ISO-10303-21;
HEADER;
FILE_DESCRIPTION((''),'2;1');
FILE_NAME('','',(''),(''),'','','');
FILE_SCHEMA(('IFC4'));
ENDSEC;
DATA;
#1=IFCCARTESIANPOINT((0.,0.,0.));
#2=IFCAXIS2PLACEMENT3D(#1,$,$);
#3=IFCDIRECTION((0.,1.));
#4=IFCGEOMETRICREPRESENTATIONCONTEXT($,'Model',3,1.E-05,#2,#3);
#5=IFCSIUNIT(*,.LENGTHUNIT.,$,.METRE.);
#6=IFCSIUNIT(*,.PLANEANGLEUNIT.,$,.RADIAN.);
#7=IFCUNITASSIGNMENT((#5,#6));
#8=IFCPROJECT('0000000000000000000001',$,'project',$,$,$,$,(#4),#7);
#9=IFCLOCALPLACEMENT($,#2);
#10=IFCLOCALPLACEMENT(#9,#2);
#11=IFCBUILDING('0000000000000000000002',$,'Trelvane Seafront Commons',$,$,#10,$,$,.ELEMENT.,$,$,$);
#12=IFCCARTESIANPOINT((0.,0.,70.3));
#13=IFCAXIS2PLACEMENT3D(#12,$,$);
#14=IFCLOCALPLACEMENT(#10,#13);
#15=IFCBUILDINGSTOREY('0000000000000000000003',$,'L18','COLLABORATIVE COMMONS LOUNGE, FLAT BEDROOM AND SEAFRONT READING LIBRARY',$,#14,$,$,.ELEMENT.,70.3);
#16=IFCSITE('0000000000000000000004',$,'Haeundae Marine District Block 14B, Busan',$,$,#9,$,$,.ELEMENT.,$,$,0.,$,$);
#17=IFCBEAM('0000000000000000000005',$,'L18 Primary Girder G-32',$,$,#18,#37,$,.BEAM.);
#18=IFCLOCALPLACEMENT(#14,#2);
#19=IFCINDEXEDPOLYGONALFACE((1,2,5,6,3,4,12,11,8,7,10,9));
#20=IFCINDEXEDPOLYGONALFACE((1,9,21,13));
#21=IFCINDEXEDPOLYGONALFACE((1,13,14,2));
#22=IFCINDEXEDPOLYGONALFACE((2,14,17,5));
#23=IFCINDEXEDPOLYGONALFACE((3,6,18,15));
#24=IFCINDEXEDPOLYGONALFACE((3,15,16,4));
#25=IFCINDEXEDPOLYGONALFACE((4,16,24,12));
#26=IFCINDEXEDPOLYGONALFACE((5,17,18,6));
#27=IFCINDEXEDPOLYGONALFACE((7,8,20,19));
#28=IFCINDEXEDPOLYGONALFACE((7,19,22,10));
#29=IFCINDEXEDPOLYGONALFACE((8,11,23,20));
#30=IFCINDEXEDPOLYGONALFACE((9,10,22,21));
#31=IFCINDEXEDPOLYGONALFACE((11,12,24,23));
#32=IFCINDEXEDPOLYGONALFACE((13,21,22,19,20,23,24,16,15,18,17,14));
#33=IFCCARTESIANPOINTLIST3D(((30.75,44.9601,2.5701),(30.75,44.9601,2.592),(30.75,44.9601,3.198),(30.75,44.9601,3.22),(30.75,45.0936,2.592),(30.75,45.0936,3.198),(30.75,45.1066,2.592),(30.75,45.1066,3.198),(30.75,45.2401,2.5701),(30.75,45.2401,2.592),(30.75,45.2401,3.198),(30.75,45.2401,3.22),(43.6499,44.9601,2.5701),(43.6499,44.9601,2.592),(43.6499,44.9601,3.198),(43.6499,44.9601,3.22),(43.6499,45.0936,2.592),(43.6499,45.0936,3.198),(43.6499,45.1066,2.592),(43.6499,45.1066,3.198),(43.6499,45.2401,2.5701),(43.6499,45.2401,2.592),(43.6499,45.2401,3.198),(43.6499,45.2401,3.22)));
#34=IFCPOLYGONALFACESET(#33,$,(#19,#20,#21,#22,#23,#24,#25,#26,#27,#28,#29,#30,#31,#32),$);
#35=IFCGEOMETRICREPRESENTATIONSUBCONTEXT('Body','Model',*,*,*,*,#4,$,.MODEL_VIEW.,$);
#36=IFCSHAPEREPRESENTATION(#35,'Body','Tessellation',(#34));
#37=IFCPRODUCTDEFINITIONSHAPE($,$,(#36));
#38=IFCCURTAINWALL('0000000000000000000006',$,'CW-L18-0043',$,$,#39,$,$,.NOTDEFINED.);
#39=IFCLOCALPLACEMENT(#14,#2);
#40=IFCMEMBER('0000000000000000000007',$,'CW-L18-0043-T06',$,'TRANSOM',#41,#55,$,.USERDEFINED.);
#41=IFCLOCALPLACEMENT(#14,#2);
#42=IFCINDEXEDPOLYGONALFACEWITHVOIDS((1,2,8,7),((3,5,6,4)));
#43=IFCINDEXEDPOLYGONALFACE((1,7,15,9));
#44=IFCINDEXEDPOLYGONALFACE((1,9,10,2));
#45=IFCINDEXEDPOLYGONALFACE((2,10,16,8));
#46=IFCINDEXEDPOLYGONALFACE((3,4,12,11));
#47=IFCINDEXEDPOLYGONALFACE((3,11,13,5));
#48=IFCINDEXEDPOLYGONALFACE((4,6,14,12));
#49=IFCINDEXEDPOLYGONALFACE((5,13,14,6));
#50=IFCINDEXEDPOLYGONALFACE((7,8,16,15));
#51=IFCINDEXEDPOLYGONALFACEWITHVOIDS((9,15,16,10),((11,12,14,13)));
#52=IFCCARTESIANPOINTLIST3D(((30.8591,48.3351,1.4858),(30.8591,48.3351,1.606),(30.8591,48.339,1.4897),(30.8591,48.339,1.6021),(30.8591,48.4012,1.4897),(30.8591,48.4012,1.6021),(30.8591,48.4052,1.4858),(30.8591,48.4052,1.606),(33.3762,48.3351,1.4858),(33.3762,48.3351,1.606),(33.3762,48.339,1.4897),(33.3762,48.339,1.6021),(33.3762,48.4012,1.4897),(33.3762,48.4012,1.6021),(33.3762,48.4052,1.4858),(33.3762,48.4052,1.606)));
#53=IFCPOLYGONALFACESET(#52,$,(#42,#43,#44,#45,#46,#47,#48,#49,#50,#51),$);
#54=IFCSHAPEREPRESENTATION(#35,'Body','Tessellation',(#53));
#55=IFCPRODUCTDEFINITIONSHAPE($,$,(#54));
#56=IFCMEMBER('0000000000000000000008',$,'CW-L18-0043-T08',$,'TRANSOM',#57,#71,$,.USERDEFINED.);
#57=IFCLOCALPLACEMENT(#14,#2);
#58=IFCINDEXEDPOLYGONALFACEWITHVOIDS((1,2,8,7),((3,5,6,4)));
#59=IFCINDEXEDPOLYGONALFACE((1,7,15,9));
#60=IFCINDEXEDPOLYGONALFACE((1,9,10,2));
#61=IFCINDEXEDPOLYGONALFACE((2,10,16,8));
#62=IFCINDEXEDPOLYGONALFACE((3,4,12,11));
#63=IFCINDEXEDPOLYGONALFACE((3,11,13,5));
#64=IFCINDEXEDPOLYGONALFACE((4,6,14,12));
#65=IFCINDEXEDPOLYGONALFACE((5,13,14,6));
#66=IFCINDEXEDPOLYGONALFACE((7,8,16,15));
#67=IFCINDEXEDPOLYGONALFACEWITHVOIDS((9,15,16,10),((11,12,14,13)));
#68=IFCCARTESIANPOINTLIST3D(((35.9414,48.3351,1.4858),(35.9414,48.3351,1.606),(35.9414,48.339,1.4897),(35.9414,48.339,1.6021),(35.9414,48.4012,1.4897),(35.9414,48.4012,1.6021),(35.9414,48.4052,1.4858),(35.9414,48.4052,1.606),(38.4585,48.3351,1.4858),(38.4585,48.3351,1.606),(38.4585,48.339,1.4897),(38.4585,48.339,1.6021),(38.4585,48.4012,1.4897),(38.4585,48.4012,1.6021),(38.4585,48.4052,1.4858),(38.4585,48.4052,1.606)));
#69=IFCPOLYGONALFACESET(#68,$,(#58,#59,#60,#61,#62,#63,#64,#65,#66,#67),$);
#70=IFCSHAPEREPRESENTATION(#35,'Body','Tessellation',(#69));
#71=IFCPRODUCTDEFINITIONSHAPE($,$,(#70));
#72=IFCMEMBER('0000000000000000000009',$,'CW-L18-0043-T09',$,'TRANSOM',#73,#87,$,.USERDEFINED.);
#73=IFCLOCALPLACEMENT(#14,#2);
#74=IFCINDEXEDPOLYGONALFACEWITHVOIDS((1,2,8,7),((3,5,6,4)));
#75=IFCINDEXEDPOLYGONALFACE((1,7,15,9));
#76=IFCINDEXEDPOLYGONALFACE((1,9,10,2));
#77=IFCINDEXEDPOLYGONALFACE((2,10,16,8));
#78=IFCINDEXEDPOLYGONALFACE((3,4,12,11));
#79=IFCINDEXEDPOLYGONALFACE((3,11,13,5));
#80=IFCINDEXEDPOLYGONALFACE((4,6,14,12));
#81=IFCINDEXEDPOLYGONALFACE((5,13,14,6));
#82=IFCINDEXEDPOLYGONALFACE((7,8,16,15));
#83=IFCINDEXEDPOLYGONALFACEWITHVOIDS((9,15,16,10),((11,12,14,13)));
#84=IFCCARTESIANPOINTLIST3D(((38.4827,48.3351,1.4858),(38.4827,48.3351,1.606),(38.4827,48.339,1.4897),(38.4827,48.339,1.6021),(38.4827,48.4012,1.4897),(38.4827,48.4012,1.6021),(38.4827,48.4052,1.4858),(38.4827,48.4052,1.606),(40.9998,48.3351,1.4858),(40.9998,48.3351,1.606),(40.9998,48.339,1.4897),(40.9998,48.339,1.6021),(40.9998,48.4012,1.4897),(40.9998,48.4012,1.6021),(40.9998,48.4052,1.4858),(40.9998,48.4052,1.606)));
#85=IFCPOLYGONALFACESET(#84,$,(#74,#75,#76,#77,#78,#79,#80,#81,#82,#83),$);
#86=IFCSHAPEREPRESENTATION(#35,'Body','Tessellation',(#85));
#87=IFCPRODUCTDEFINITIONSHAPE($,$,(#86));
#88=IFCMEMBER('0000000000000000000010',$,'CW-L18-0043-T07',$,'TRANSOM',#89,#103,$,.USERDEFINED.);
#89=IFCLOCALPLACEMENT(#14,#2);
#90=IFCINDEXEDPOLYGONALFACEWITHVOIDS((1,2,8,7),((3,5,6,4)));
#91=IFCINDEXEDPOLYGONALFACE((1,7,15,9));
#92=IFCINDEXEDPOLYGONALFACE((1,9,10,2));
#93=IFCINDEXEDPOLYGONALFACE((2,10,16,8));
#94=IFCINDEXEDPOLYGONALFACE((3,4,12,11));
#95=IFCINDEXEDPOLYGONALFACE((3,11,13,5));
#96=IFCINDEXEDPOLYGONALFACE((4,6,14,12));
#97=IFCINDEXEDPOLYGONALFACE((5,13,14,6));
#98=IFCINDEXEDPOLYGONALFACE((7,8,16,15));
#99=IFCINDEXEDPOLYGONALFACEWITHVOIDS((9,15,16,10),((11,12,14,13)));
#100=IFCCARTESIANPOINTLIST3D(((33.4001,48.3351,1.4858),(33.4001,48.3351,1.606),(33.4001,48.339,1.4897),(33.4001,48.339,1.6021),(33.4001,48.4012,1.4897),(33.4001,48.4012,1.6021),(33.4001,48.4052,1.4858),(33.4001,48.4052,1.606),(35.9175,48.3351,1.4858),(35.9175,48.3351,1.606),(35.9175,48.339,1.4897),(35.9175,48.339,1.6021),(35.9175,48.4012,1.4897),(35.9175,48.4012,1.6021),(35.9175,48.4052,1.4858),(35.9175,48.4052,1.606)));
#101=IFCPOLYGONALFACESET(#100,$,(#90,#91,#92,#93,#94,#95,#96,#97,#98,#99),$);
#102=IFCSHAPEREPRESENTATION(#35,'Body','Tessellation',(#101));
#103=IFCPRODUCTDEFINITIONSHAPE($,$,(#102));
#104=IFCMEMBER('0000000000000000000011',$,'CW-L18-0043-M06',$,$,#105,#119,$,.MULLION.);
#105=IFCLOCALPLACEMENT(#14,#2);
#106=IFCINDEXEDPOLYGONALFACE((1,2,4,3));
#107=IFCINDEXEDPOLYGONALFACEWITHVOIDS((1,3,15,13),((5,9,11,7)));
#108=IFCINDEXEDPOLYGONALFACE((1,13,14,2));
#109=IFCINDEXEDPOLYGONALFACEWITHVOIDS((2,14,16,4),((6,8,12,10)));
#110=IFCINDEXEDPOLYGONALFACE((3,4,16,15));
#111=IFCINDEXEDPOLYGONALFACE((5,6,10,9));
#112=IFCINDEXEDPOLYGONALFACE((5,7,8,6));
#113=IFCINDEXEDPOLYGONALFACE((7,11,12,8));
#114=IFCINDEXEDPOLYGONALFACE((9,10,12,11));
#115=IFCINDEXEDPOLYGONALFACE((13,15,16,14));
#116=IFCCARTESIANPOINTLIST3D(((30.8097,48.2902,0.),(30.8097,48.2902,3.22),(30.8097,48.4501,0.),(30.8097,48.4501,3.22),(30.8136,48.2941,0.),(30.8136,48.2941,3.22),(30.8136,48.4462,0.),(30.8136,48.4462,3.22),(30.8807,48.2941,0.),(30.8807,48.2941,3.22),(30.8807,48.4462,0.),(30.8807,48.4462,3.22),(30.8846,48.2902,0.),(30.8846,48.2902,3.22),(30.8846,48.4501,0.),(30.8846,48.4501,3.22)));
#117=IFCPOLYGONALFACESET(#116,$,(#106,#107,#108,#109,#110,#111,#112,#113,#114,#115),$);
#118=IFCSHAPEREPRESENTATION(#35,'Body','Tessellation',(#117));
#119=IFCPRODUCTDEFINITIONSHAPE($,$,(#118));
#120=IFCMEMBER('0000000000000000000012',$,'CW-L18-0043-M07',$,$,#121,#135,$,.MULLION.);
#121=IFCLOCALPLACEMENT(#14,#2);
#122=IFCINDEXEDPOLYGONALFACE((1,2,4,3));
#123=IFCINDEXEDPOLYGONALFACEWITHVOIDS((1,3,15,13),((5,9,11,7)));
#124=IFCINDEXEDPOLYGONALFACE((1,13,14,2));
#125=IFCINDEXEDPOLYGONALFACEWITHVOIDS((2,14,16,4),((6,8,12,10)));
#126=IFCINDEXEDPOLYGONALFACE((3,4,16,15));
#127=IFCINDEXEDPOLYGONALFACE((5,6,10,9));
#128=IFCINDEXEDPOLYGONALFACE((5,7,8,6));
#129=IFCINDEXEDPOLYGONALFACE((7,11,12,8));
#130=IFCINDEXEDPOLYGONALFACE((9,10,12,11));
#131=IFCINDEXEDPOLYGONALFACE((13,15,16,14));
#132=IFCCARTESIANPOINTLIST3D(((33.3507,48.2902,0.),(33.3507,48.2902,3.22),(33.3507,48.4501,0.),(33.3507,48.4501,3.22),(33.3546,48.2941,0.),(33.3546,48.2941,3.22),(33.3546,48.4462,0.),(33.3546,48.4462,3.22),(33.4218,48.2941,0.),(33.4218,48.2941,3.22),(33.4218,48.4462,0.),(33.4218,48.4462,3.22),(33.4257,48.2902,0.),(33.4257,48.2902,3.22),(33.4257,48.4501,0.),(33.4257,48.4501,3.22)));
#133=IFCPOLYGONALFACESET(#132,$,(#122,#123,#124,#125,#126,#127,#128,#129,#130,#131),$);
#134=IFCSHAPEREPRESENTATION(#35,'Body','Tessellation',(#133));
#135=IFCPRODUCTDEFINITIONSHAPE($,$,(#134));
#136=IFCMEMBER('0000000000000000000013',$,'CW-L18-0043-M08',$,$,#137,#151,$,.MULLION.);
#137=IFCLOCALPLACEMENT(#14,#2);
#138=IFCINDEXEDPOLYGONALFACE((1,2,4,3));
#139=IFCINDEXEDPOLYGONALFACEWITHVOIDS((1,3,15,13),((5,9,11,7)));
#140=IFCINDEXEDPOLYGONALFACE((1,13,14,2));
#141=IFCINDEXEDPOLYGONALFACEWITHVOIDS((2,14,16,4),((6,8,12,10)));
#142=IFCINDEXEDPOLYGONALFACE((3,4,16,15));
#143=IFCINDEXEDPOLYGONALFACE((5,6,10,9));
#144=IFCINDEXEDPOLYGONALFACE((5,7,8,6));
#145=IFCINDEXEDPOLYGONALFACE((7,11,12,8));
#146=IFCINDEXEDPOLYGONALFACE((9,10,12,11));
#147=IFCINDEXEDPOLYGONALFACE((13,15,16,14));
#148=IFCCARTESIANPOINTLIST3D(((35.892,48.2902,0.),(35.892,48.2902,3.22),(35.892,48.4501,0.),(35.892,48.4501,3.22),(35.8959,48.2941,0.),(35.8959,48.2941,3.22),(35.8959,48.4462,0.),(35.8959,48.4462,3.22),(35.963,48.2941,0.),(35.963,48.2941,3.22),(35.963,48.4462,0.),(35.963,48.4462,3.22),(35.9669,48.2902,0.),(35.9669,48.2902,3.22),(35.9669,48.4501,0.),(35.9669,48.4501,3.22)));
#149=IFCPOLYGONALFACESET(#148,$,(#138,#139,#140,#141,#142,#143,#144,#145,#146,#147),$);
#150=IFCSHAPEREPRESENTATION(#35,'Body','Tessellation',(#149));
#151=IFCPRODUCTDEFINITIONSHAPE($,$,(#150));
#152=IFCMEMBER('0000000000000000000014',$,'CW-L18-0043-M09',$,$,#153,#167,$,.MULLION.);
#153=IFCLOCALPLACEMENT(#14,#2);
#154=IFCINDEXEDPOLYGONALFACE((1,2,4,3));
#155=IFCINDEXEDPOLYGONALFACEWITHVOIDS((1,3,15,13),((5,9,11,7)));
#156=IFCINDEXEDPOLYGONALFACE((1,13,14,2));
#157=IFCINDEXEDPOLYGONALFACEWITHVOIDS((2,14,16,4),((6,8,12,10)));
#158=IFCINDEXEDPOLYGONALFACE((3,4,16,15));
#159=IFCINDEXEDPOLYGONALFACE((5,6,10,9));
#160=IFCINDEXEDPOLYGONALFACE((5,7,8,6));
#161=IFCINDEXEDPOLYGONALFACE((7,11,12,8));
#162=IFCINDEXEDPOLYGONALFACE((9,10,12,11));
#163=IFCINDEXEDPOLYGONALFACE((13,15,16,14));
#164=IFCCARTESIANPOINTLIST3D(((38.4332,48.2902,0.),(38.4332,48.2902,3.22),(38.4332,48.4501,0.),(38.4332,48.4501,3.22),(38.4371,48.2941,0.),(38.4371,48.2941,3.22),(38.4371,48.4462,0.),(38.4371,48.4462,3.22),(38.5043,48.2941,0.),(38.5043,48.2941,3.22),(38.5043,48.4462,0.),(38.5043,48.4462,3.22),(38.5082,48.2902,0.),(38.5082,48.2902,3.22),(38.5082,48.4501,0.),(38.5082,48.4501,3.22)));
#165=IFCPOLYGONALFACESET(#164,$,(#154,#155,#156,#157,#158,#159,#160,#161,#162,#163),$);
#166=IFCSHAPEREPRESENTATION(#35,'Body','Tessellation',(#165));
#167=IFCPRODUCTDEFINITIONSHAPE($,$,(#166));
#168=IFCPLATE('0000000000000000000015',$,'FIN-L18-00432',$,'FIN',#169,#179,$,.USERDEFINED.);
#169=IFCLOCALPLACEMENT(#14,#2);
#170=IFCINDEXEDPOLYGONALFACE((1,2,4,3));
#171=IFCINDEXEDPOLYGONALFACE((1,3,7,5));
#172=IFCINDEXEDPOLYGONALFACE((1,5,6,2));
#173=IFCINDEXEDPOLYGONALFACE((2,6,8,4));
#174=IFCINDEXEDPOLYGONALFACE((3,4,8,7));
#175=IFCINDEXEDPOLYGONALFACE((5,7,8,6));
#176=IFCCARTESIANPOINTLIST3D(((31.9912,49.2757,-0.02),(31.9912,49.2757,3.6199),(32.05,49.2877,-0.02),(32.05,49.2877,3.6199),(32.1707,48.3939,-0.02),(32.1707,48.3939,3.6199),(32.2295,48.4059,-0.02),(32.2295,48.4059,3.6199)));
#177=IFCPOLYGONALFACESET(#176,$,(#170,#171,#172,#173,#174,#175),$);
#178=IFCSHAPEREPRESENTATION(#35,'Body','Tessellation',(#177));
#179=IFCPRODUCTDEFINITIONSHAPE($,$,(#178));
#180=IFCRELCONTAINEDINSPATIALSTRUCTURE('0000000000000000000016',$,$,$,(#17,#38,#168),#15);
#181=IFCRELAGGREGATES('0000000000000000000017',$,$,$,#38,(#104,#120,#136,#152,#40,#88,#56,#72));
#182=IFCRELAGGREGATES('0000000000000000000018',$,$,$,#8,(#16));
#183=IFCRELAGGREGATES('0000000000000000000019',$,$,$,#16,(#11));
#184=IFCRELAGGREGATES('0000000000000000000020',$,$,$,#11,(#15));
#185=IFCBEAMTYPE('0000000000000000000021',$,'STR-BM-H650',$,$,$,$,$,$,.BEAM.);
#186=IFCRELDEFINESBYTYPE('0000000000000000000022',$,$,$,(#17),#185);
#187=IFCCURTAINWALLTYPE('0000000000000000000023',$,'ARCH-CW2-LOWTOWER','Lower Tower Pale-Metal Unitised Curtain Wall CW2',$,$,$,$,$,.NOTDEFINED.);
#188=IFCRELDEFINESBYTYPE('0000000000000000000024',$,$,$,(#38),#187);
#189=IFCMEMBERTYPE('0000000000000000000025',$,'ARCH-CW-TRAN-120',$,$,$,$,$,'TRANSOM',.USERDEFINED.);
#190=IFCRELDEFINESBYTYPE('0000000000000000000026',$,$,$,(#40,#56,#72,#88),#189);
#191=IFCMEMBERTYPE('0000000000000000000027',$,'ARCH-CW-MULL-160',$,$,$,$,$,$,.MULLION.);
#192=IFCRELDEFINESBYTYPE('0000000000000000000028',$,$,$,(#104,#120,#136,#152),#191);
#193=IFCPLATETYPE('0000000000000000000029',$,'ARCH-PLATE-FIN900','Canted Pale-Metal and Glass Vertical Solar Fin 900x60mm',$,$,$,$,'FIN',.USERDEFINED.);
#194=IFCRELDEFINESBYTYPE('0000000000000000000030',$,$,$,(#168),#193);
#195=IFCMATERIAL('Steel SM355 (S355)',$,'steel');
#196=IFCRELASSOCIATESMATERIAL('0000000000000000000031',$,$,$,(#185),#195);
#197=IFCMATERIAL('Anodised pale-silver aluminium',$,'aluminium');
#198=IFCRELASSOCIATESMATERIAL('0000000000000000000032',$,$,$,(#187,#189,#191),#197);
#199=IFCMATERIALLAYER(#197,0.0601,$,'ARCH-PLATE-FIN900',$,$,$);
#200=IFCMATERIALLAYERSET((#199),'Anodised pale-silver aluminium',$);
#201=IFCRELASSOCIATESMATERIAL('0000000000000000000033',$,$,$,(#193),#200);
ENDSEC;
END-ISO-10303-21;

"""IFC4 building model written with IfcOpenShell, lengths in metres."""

from ifc_helpers import new_model, si_unit, direction, frame, origin, origin_2d, place, context, subcontext, project, spatial, rectangle, hollow_rectangle, i_section, extrude, source, transform, mapped, material, layer, layer_set, material_profile, profile_set, type_object, element, aggregate, save


model = new_model("IFC4")

# Units and contexts
model_context = context("Model", 3, precision=1e-05, world=origin(), true_north=direction((0.0, 1.0)))
body_context = subcontext(model_context, "Body", "Model", "MODEL_VIEW")
ifc_project = project(units=[si_unit("LENGTHUNIT", "METRE"), si_unit("PLANEANGLEUNIT", "RADIAN")], contexts=[model_context])

# Site, building, storey
site_placement = place(None, origin())
site = spatial("IfcSite", under=ifc_project, at=site_placement, Name="Haeundae Marine District Block 14B, Busan", CompositionType="ELEMENT", RefElevation=0.0)
building_placement = place(site_placement, origin())
building = spatial("IfcBuilding", under=site, at=building_placement, Name="Trelvane Seafront Commons", CompositionType="ELEMENT")
storey_placement = place(building_placement, frame((0.0, 0.0, 70.3)))
storey = spatial("IfcBuildingStorey", under=building, at=storey_placement, Name="L18", Description="COLLABORATIVE COMMONS LOUNGE, FLAT BEDROOM AND SEAFRONT READING LIBRARY", CompositionType="ELEMENT", Elevation=70.3)

# Beam
ifc_material_1 = material(Name="Steel SM355 (S355)", Category="steel")
ifc_material_profile_1 = material_profile(ifc_material_1, i_section(OverallWidth=0.28, OverallDepth=0.6499, WebThickness=0.0129, FlangeThickness=0.022, at=origin_2d()), Name="H-650x280x13x22")
ifc_profile_set_1 = profile_set([ifc_material_profile_1], Name="Steel SM355 (S355)")
beam_type = type_object("IfcBeamType", Name="STR-BM-H650", PredefinedType="BEAM", material=ifc_profile_set_1)
shared_shape_1 = source(origin(), body_context, "Body", "SweptSolid", [
    extrude(i_section(OverallWidth=0.28, OverallDepth=0.6499, WebThickness=0.0129, FlangeThickness=0.022, at=origin_2d()), origin(), (0.0, 0.0, 1.0), 12.8999),
])
beam_placement = place(storey_placement, frame((30.75, 45.1001, 2.895), z_axis=(1.0, 0.0, 0.0), x_axis=(0.0, 1.0, 0.0)))
element("IfcBeam", 1, at=beam_placement, inside=storey, type_object=beam_type, Name="L18 Primary Girder G-32", PredefinedType="BEAM", context=body_context, shape_type="MappedRepresentation", body=[
    mapped(shared_shape_1, transform((0.0, 0.0, 0.0), x_axis=(1.0, 0.0, 0.0), y_axis=(0.0, 1.0, 0.0), z_axis=(0.0, 0.0, 1.0), scale=1.0)),
])

# Curtain wall, members
ifc_material_2 = material(Name="Anodised pale-silver aluminium", Category="aluminium")
curtain_wall_type = type_object("IfcCurtainWallType", Name="ARCH-CW2-LOWTOWER", Description="Lower Tower Pale-Metal Unitised Curtain Wall CW2", PredefinedType="NOTDEFINED", material=ifc_material_2)
curtain_wall_placement = place(storey_placement, origin())
curtain_wall = element("IfcCurtainWall", 2, at=curtain_wall_placement, inside=storey, type_object=curtain_wall_type, Name="CW-L18-0043", PredefinedType="NOTDEFINED")
ifc_material_profile_2 = material_profile(ifc_material_2, hollow_rectangle(XDim=0.0701, YDim=0.1201, WallThickness=0.0039, at=origin_2d()), Name="TRAN-70x120x4")
ifc_profile_set_2 = profile_set([ifc_material_profile_2], Name="Anodised pale-silver aluminium")
member_type_1 = type_object("IfcMemberType", Name="ARCH-CW-TRAN-120", ElementType="TRANSOM", PredefinedType="USERDEFINED", material=ifc_profile_set_2)
shared_shape_2 = source(origin(), body_context, "Body", "SweptSolid", [
    extrude(hollow_rectangle(XDim=0.0701, YDim=0.1201, WallThickness=0.0039, at=origin_2d()), origin(), (0.0, 0.0, 1.0), 2.5171),
])
member_1_placement = place(storey_placement, frame((30.8591, 48.3701, 1.5459), z_axis=(1.0, 0.0, 0.0), x_axis=(0.0, 1.0, 0.0)))
member_1 = element("IfcMember", 3, at=member_1_placement, type_object=member_type_1, Name="CW-L18-0043-T06", ObjectType="TRANSOM", PredefinedType="USERDEFINED", context=body_context, shape_type="MappedRepresentation", body=[
    mapped(shared_shape_2, transform((0.0, 0.0, 0.0), x_axis=(1.0, 0.0, 0.0), y_axis=(0.0, 1.0, 0.0), z_axis=(0.0, 0.0, 1.0), scale=1.0)),
])
member_2_placement = place(storey_placement, frame((35.9414, 48.3701, 1.5459), z_axis=(1.0, 0.0, 0.0), x_axis=(0.0, 1.0, 0.0)))
member_2 = element("IfcMember", 4, at=member_2_placement, type_object=member_type_1, Name="CW-L18-0043-T08", ObjectType="TRANSOM", PredefinedType="USERDEFINED", context=body_context, shape_type="MappedRepresentation", body=[
    mapped(shared_shape_2, transform((0.0, 0.0, 0.0), x_axis=(1.0, 0.0, 0.0), y_axis=(0.0, 1.0, 0.0), z_axis=(0.0, 0.0, 1.0), scale=1.0)),
])
member_3_placement = place(storey_placement, frame((38.4827, 48.3701, 1.5459), z_axis=(1.0, 0.0, 0.0), x_axis=(0.0, 1.0, 0.0)))
member_3 = element("IfcMember", 5, at=member_3_placement, type_object=member_type_1, Name="CW-L18-0043-T09", ObjectType="TRANSOM", PredefinedType="USERDEFINED", context=body_context, shape_type="MappedRepresentation", body=[
    mapped(shared_shape_2, transform((0.0, 0.0, 0.0), x_axis=(1.0, 0.0, 0.0), y_axis=(0.0, 1.0, 0.0), z_axis=(0.0, 0.0, 1.0), scale=1.0)),
])
shared_shape_3 = source(origin(), body_context, "Body", "SweptSolid", [
    extrude(hollow_rectangle(XDim=0.0701, YDim=0.1201, WallThickness=0.0039, at=origin_2d()), origin(), (0.0, 0.0, 1.0), 2.5173),
])
member_4_placement = place(storey_placement, frame((33.4001, 48.3701, 1.5459), z_axis=(1.0, 0.0, 0.0), x_axis=(0.0, 1.0, 0.0)))
member_4 = element("IfcMember", 6, at=member_4_placement, type_object=member_type_1, Name="CW-L18-0043-T07", ObjectType="TRANSOM", PredefinedType="USERDEFINED", context=body_context, shape_type="MappedRepresentation", body=[
    mapped(shared_shape_3, transform((0.0, 0.0, 0.0), x_axis=(1.0, 0.0, 0.0), y_axis=(0.0, 1.0, 0.0), z_axis=(0.0, 0.0, 1.0), scale=1.0)),
])
ifc_material_profile_3 = material_profile(ifc_material_2, hollow_rectangle(XDim=0.075, YDim=0.1599, WallThickness=0.0039, at=origin_2d()), Name="MULL-75x160x4")
ifc_profile_set_3 = profile_set([ifc_material_profile_3], Name="Anodised pale-silver aluminium")
member_type_2 = type_object("IfcMemberType", Name="ARCH-CW-MULL-160", PredefinedType="MULLION", material=ifc_profile_set_3)
shared_shape_4 = source(origin(), body_context, "Body", "SweptSolid", [
    extrude(hollow_rectangle(XDim=0.075, YDim=0.1599, WallThickness=0.0039, at=origin_2d()), origin(), (0.0, 0.0, 1.0), 3.22),
])
member_5_placement = place(storey_placement, frame((30.8472, 48.3701, 0.0), z_axis=(0.0, 0.0, 1.0), x_axis=(1.0, 0.0, 0.0)))
member_5 = element("IfcMember", 7, at=member_5_placement, type_object=member_type_2, Name="CW-L18-0043-M06", PredefinedType="MULLION", context=body_context, shape_type="MappedRepresentation", body=[
    mapped(shared_shape_4, transform((0.0, 0.0, 0.0), x_axis=(1.0, 0.0, 0.0), y_axis=(0.0, 1.0, 0.0), z_axis=(0.0, 0.0, 1.0), scale=1.0)),
])
member_6_placement = place(storey_placement, frame((33.3882, 48.3701, 0.0), z_axis=(0.0, 0.0, 1.0), x_axis=(1.0, 0.0, 0.0)))
member_6 = element("IfcMember", 8, at=member_6_placement, type_object=member_type_2, Name="CW-L18-0043-M07", PredefinedType="MULLION", context=body_context, shape_type="MappedRepresentation", body=[
    mapped(shared_shape_4, transform((0.0, 0.0, 0.0), x_axis=(1.0, 0.0, 0.0), y_axis=(0.0, 1.0, 0.0), z_axis=(0.0, 0.0, 1.0), scale=1.0)),
])
member_7_placement = place(storey_placement, frame((35.9294, 48.3701, 0.0), z_axis=(0.0, 0.0, 1.0), x_axis=(1.0, 0.0, 0.0)))
member_7 = element("IfcMember", 9, at=member_7_placement, type_object=member_type_2, Name="CW-L18-0043-M08", PredefinedType="MULLION", context=body_context, shape_type="MappedRepresentation", body=[
    mapped(shared_shape_4, transform((0.0, 0.0, 0.0), x_axis=(1.0, 0.0, 0.0), y_axis=(0.0, 1.0, 0.0), z_axis=(0.0, 0.0, 1.0), scale=1.0)),
])
member_8_placement = place(storey_placement, frame((38.4707, 48.3701, 0.0), z_axis=(0.0, 0.0, 1.0), x_axis=(1.0, 0.0, 0.0)))
member_8 = element("IfcMember", 10, at=member_8_placement, type_object=member_type_2, Name="CW-L18-0043-M09", PredefinedType="MULLION", context=body_context, shape_type="MappedRepresentation", body=[
    mapped(shared_shape_4, transform((0.0, 0.0, 0.0), x_axis=(1.0, 0.0, 0.0), y_axis=(0.0, 1.0, 0.0), z_axis=(0.0, 0.0, 1.0), scale=1.0)),
])

# Plate
ifc_layer_1 = layer(ifc_material_2, 0.0601, Name="ARCH-PLATE-FIN900")
ifc_layer_set_1 = layer_set([ifc_layer_1], Name="Anodised pale-silver aluminium")
plate_type_1 = type_object("IfcPlateType", Name="ARCH-PLATE-FIN900", Description="Canted Pale-Metal and Glass Vertical Solar Fin 900x60mm", ElementType="FIN", PredefinedType="USERDEFINED", material=ifc_layer_set_1)
shared_shape_5 = source(origin(), body_context, "Body", "SweptSolid", [
    extrude(rectangle(XDim=0.8999, YDim=0.0601, at=origin_2d()), origin(), (0.0, 0.0, 1.0), 3.6399),
])
for number, where, z_axis, x_axis, name in (
    (11, (32.1104, 48.8408, -0.02), (0.0, 0.0, 1.0), (-0.199448, 0.979908, 0.0), "FIN-L18-00432"),
):
    element("IfcPlate", number, at=place(storey_placement, frame(where, z_axis=z_axis, x_axis=x_axis)), inside=storey, type_object=plate_type_1, Name=name, ObjectType="FIN", PredefinedType="USERDEFINED", context=body_context, shape_type="MappedRepresentation", body=[
        mapped(shared_shape_5, transform((0.0, 0.0, 0.0), x_axis=(1.0, 0.0, 0.0), y_axis=(0.0, 1.0, 0.0), z_axis=(0.0, 0.0, 1.0), scale=1.0)),
    ])

aggregate(curtain_wall, [member_5, member_6, member_7, member_8, member_1, member_4, member_2, member_3])

save(model, "model.ifc")
